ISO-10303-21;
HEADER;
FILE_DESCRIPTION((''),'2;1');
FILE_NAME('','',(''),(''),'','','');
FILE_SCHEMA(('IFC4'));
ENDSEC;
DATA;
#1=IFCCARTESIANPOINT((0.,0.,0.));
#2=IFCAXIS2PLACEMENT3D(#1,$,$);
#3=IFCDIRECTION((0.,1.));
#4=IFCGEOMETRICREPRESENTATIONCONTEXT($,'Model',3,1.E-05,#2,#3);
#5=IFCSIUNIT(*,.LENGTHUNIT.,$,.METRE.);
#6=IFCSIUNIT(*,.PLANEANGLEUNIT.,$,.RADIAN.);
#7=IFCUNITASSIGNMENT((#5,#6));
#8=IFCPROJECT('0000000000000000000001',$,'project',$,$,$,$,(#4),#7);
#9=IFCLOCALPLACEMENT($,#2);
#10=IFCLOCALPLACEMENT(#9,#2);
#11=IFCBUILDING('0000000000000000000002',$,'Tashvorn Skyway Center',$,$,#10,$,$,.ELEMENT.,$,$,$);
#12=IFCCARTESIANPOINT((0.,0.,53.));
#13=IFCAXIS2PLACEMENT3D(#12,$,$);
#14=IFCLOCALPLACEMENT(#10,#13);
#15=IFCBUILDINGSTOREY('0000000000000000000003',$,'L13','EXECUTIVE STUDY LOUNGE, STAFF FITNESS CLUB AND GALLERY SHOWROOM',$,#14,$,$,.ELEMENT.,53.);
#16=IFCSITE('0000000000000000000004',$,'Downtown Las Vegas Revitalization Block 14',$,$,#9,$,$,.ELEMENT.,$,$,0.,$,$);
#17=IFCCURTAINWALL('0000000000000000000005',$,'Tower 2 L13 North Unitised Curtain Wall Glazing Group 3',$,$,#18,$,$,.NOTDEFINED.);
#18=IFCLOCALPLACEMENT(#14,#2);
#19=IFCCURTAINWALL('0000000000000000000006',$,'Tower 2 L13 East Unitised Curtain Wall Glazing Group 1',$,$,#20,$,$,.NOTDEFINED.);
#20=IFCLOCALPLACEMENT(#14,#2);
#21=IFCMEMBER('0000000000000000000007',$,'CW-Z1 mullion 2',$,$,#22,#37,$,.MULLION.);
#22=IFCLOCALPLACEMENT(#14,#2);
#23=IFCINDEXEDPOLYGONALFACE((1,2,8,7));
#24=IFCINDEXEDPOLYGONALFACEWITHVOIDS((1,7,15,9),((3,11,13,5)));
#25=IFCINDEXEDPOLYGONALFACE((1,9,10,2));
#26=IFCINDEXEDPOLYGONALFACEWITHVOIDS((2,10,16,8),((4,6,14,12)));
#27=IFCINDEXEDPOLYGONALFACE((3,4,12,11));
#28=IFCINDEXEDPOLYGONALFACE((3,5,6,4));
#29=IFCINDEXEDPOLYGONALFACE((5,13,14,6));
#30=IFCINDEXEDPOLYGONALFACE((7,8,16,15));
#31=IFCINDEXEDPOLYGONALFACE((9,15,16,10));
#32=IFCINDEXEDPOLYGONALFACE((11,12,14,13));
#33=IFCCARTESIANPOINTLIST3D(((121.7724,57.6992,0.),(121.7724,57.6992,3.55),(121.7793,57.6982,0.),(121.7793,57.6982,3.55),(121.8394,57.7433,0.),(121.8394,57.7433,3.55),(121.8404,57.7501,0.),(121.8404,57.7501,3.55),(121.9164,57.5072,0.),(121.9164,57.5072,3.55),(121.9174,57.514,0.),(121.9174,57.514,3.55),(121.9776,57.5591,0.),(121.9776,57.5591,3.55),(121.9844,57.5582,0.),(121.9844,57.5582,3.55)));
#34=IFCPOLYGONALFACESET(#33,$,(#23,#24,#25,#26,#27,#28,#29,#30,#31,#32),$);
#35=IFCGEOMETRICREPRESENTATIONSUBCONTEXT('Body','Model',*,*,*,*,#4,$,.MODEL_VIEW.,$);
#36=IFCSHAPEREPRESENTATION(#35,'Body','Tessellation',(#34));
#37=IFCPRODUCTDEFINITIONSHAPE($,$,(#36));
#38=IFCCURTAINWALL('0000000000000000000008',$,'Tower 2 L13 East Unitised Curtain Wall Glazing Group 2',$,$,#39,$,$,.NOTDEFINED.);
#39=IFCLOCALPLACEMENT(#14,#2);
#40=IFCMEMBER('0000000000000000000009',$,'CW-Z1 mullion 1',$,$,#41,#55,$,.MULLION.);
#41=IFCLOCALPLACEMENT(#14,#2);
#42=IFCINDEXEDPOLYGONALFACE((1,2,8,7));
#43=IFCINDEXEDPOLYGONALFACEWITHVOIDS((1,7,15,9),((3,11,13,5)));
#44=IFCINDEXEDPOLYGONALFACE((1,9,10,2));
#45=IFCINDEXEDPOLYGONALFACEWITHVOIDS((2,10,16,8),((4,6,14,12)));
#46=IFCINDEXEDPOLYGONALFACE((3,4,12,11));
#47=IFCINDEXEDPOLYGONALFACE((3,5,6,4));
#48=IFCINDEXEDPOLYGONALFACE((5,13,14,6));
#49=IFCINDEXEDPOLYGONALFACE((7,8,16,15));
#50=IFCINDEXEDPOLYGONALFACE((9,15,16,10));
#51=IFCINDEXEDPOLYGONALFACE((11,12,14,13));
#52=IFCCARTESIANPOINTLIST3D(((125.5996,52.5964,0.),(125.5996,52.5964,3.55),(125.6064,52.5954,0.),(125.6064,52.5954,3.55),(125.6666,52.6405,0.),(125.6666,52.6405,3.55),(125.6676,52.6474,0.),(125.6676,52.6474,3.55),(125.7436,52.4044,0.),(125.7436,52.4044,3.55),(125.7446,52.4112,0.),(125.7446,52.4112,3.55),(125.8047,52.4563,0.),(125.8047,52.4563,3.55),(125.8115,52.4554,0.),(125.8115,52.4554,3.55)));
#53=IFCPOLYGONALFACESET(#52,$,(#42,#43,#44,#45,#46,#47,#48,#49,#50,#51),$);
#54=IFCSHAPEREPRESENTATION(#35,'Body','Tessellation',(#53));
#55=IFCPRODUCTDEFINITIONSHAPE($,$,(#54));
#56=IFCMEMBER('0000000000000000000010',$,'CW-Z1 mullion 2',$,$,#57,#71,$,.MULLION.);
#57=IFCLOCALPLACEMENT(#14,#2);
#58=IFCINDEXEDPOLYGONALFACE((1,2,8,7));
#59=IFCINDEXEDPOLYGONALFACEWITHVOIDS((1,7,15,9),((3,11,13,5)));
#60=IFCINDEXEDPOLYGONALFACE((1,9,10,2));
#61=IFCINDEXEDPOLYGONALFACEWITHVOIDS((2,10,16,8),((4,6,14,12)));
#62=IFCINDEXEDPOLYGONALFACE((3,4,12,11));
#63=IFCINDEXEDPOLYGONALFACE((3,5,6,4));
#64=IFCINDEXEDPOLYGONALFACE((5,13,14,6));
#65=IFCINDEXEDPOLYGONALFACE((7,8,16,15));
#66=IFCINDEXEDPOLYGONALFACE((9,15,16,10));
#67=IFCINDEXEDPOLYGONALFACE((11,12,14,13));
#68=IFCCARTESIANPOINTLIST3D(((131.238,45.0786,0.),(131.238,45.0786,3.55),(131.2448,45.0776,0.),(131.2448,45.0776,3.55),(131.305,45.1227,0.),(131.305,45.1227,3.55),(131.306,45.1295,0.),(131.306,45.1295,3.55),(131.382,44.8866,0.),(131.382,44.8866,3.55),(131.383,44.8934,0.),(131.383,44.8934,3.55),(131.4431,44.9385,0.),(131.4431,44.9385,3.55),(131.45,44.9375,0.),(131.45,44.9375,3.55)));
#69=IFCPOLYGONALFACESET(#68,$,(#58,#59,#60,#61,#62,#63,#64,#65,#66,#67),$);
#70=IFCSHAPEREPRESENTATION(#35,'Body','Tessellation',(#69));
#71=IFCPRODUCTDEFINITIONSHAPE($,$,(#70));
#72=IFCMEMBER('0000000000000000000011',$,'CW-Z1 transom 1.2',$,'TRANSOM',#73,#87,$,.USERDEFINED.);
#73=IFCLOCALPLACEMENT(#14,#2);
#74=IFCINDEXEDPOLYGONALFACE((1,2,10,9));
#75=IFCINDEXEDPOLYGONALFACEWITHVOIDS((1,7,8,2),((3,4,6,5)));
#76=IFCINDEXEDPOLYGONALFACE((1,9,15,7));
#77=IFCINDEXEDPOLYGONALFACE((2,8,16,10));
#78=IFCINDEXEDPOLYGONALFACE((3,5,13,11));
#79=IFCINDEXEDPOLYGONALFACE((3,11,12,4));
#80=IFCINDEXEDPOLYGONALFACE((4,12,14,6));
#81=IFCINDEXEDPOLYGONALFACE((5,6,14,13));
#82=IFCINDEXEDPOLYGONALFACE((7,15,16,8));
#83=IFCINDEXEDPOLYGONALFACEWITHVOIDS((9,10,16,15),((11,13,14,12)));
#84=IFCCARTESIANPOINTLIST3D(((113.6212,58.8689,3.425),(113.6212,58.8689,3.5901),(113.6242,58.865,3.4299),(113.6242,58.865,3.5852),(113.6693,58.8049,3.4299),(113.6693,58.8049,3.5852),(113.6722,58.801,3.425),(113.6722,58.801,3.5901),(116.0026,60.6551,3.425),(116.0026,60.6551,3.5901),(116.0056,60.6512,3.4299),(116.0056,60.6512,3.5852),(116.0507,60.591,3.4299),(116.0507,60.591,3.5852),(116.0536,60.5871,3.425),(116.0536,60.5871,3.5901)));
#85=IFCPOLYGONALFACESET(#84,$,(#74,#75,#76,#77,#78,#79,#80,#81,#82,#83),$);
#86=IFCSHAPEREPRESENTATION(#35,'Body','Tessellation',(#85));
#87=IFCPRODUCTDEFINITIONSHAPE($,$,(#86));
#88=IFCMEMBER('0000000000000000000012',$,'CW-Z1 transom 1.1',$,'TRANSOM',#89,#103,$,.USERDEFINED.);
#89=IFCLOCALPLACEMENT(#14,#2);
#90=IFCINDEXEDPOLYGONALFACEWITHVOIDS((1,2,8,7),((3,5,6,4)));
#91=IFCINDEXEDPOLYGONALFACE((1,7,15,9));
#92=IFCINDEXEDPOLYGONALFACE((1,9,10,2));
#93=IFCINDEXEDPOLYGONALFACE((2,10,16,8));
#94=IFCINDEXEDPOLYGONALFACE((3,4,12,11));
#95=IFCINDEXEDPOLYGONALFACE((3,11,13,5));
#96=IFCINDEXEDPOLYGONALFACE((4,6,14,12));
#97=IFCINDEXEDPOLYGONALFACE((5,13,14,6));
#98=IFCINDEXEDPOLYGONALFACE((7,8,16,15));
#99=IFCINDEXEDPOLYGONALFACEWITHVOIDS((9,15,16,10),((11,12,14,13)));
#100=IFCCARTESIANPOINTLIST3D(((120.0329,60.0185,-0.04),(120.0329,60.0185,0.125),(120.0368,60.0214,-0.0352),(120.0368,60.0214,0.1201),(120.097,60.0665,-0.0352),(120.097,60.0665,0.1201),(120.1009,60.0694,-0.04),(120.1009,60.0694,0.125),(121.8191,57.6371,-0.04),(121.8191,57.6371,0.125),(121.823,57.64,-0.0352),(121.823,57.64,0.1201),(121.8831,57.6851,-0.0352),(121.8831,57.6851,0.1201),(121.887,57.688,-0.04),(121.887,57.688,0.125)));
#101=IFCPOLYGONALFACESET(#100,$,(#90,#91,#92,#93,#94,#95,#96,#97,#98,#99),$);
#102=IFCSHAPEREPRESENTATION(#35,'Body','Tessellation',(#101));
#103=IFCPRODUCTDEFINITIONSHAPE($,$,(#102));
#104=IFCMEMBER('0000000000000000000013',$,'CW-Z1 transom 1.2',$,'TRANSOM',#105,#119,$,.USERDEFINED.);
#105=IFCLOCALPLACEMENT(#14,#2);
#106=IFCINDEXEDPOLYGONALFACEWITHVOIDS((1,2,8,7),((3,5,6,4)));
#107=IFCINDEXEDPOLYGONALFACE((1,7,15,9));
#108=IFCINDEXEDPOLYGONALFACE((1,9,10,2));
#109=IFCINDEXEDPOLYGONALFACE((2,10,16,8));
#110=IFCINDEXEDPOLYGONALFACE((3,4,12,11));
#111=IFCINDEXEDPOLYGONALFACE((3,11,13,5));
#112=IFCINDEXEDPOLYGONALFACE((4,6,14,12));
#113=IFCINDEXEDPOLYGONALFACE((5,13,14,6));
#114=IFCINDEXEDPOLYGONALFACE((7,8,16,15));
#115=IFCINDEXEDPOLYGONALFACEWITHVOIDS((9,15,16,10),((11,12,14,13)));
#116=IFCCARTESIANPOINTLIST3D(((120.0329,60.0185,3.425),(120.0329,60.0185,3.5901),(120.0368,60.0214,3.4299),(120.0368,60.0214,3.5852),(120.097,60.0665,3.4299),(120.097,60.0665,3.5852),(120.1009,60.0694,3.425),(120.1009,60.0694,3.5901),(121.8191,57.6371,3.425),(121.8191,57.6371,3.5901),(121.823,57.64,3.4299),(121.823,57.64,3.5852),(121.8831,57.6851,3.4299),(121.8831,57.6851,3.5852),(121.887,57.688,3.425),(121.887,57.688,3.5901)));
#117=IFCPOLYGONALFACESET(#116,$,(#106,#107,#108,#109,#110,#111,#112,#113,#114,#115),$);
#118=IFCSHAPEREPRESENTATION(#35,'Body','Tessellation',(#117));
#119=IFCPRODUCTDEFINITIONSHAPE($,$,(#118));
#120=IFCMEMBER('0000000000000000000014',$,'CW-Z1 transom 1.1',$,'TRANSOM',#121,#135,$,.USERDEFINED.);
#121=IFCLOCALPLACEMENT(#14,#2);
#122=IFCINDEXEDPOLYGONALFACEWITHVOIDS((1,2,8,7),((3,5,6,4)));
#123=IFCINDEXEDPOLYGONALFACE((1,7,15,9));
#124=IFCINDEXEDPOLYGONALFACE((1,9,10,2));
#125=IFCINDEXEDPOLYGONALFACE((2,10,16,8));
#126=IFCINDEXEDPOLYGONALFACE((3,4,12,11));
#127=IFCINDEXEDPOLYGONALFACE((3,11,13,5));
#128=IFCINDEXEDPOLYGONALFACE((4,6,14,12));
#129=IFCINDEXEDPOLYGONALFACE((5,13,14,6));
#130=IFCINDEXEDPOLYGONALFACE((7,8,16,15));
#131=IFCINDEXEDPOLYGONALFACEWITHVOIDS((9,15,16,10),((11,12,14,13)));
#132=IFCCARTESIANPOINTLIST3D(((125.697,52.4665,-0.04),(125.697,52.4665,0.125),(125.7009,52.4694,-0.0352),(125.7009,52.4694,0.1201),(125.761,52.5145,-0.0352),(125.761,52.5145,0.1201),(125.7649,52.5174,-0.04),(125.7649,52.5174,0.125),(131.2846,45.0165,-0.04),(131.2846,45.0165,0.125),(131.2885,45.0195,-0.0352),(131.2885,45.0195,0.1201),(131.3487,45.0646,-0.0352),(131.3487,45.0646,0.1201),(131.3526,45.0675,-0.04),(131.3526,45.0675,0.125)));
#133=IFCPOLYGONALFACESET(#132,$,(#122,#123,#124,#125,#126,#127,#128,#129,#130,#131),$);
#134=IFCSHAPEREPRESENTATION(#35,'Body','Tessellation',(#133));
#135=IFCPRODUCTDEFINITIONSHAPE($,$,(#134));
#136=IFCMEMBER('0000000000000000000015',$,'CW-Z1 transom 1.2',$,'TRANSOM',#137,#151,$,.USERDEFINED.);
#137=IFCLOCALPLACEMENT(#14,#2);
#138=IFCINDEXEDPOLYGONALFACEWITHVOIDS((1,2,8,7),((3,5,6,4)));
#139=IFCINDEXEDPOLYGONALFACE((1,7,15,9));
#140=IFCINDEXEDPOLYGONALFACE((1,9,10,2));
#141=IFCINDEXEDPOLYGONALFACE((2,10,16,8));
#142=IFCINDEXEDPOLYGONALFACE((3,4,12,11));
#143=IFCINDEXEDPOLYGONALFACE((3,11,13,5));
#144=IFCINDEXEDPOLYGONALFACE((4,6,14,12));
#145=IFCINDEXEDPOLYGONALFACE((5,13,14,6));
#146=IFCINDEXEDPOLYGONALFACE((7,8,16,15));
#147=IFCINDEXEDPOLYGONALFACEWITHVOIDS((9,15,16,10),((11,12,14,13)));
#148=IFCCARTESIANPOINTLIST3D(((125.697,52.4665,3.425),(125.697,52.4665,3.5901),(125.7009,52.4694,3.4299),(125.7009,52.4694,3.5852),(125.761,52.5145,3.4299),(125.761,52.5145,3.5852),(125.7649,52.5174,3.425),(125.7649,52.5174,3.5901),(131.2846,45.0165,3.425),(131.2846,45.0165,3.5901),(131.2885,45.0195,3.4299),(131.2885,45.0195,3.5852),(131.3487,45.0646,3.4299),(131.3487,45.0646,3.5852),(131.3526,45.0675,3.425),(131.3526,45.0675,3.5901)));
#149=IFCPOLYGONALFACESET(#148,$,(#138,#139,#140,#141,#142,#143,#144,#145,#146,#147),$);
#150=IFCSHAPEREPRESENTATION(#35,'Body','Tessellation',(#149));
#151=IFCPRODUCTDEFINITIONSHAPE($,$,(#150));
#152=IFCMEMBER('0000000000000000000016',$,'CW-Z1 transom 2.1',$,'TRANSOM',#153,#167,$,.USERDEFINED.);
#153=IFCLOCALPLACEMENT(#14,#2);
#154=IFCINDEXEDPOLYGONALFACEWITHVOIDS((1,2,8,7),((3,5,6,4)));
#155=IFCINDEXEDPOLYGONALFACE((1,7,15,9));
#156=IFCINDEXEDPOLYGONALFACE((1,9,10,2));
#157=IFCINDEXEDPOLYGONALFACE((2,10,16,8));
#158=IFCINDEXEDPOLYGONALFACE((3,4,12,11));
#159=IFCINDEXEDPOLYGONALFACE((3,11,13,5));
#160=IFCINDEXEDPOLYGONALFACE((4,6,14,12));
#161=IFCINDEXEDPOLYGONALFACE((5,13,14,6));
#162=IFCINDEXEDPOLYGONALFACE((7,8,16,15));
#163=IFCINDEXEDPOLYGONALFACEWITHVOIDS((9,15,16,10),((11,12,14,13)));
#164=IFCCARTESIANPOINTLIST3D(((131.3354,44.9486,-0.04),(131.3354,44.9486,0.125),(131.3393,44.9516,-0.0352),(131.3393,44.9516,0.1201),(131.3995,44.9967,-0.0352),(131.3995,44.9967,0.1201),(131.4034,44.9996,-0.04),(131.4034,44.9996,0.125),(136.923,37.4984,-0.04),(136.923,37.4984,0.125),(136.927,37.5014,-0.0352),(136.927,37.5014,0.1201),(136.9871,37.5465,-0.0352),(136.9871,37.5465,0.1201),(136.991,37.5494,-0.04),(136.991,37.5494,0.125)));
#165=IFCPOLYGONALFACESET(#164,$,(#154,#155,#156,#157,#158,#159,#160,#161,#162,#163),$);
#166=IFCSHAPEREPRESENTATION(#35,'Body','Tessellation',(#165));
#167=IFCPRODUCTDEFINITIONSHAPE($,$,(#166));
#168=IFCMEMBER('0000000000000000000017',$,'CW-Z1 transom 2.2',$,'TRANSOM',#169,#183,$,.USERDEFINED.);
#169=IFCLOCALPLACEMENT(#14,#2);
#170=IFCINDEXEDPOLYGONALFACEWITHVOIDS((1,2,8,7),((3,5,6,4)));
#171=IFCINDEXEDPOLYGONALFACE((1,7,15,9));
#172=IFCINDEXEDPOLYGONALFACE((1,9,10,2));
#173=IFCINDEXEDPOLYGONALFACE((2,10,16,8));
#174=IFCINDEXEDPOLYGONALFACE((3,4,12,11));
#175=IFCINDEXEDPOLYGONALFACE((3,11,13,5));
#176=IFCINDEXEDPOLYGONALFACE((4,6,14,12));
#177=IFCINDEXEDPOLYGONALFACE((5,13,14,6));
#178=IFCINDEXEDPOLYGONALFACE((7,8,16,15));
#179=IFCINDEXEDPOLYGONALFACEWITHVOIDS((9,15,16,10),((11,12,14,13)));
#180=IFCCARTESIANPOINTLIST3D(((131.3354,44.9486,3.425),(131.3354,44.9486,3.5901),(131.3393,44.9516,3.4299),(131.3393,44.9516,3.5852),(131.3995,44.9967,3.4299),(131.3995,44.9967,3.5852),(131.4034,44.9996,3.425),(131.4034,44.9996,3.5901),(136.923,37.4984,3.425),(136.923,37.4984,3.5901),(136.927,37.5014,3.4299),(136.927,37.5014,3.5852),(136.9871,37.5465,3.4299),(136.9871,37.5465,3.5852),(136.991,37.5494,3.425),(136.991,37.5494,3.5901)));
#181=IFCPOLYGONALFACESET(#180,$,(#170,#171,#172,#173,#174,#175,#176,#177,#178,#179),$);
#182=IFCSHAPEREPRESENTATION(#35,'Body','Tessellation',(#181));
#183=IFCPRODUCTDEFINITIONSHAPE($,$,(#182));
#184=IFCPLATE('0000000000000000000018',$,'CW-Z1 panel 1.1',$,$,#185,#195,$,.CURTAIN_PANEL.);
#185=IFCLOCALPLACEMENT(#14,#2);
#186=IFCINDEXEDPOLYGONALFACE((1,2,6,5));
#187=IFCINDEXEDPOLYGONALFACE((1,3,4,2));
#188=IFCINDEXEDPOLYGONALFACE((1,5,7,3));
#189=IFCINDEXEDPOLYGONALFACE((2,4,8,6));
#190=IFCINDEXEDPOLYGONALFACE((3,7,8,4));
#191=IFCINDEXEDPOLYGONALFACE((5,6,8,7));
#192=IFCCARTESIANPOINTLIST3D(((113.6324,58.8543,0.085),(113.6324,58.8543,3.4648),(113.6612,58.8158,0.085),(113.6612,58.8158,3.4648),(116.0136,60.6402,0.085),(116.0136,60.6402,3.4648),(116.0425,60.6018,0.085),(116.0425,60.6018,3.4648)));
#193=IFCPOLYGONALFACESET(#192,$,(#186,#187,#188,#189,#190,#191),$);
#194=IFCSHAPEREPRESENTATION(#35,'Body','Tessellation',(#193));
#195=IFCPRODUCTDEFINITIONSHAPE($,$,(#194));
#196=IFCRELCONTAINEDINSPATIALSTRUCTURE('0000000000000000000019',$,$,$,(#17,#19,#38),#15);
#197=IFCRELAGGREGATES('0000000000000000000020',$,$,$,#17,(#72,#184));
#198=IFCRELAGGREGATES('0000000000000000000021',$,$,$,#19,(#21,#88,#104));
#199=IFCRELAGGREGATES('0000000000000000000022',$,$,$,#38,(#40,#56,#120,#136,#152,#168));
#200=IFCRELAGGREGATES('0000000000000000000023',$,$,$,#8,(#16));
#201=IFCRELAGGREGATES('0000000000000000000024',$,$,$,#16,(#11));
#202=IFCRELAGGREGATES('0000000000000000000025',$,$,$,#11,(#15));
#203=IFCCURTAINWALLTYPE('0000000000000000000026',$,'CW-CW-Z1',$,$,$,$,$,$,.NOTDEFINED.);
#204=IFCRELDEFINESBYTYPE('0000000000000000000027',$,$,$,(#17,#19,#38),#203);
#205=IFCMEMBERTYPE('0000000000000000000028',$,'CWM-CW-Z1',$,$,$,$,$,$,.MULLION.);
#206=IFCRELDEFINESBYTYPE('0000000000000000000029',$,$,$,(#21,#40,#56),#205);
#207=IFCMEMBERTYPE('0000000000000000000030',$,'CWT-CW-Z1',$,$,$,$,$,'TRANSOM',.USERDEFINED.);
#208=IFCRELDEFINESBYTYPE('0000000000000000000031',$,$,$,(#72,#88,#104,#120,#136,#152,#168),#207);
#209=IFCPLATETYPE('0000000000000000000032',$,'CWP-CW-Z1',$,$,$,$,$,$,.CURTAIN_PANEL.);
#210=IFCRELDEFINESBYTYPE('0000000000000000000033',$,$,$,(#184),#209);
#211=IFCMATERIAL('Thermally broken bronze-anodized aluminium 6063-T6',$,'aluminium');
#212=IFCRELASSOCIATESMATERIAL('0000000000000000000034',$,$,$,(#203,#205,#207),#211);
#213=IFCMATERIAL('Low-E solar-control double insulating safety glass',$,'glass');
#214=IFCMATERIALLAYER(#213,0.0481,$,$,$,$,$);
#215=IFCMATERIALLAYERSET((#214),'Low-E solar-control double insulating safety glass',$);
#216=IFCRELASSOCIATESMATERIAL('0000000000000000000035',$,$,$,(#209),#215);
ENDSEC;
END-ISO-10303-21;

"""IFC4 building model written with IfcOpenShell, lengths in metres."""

from ifc_helpers import new_model, si_unit, direction, frame, origin, origin_2d, place, context, subcontext, project, spatial, rectangle, hollow_rectangle, extrude, material, layer, layer_set, material_profile, profile_set, type_object, element, aggregate, save


model = new_model("IFC4")

# Units and contexts
model_context = context("Model", 3, precision=1e-05, world=origin(), true_north=direction((0.0, 1.0)))
body_context = subcontext(model_context, "Body", "Model", "MODEL_VIEW")
ifc_project = project(units=[si_unit("LENGTHUNIT", "METRE"), si_unit("PLANEANGLEUNIT", "RADIAN")], contexts=[model_context])

# Site, building, storey
site_placement = place(None, origin())
site = spatial("IfcSite", under=ifc_project, at=site_placement, Name="Downtown Las Vegas Revitalization Block 14", CompositionType="ELEMENT", RefElevation=0.0)
building_placement = place(site_placement, origin())
building = spatial("IfcBuilding", under=site, at=building_placement, Name="Tashvorn Skyway Center", CompositionType="ELEMENT")
storey_placement = place(building_placement, frame((0.0, 0.0, 53.0)))
storey = spatial("IfcBuildingStorey", under=building, at=storey_placement, Name="L13", Description="EXECUTIVE STUDY LOUNGE, STAFF FITNESS CLUB AND GALLERY SHOWROOM", CompositionType="ELEMENT", Elevation=53.0)

# Curtain wall
ifc_material_1 = material(Name="Thermally broken bronze-anodized aluminium 6063-T6", Category="aluminium")
curtain_wall_type = type_object("IfcCurtainWallType", Name="CW-CW-Z1", PredefinedType="NOTDEFINED", material=ifc_material_1)
curtain_wall_1_placement = place(storey_placement, origin())
curtain_wall_1 = element("IfcCurtainWall", 1, at=curtain_wall_1_placement, inside=storey, type_object=curtain_wall_type, Name="Tower 2 L13 North Unitised Curtain Wall Glazing Group 3", PredefinedType="NOTDEFINED")
ifc_material_profile_1 = material_profile(ifc_material_1, hollow_rectangle(XDim=0.085, YDim=0.24, WallThickness=0.0049, at=origin_2d()), Name="ALU-MULL-85x240")
ifc_profile_set_1 = profile_set([ifc_material_profile_1], Name="Thermally broken bronze-anodized aluminium 6063-T6")
member_type_1 = type_object("IfcMemberType", Name="CWM-CW-Z1", PredefinedType="MULLION", material=ifc_profile_set_1)

# Curtain walls, members
curtain_wall_2_placement = place(storey_placement, origin())
curtain_wall_2 = element("IfcCurtainWall", 2, at=curtain_wall_2_placement, inside=storey, type_object=curtain_wall_type, Name="Tower 2 L13 East Unitised Curtain Wall Glazing Group 1", PredefinedType="NOTDEFINED")
member_1_placement = place(storey_placement, frame((121.8784, 57.6287, 0.0), z_axis=(0.0, 0.0, 1.0), x_axis=(0.799996, 0.600005, 0.0)))
member_1 = element("IfcMember", 3, at=member_1_placement, type_object=member_type_1, Name="CW-Z1 mullion 2", PredefinedType="MULLION", context=body_context, shape_type="SweptSolid", body=[
    extrude(hollow_rectangle(XDim=0.085, YDim=0.24, WallThickness=0.0049, at=origin_2d()), origin(), (0.0, 0.0, 1.0), 3.55),
])
curtain_wall_3_placement = place(storey_placement, origin())
curtain_wall_3 = element("IfcCurtainWall", 4, at=curtain_wall_3_placement, inside=storey, type_object=curtain_wall_type, Name="Tower 2 L13 East Unitised Curtain Wall Glazing Group 2", PredefinedType="NOTDEFINED")
member_2_placement = place(storey_placement, frame((125.7056, 52.5259, 0.0), z_axis=(0.0, 0.0, 1.0), x_axis=(0.8, 0.6, 0.0)))
member_2 = element("IfcMember", 5, at=member_2_placement, type_object=member_type_1, Name="CW-Z1 mullion 1", PredefinedType="MULLION", context=body_context, shape_type="SweptSolid", body=[
    extrude(hollow_rectangle(XDim=0.085, YDim=0.24, WallThickness=0.0049, at=origin_2d()), origin(), (0.0, 0.0, 1.0), 3.55),
])
member_3_placement = place(storey_placement, frame((131.344, 45.0081, 0.0), z_axis=(0.0, 0.0, 1.0), x_axis=(0.8, 0.6, 0.0)))
member_3 = element("IfcMember", 6, at=member_3_placement, type_object=member_type_1, Name="CW-Z1 mullion 2", PredefinedType="MULLION", context=body_context, shape_type="SweptSolid", body=[
    extrude(hollow_rectangle(XDim=0.085, YDim=0.24, WallThickness=0.0049, at=origin_2d()), origin(), (0.0, 0.0, 1.0), 3.55),
])

# Members
ifc_material_profile_2 = material_profile(ifc_material_1, hollow_rectangle(XDim=0.085, YDim=0.165, WallThickness=0.0049, at=origin_2d()), Name="ALU-TRAN-85x165")
ifc_profile_set_2 = profile_set([ifc_material_profile_2], Name="Thermally broken bronze-anodized aluminium 6063-T6")
member_type_2 = type_object("IfcMemberType", Name="CWT-CW-Z1", ElementType="TRANSOM", PredefinedType="USERDEFINED", material=ifc_profile_set_2)
member_4_placement = place(storey_placement, frame((113.6467, 58.835, 3.5076), z_axis=(0.79998, 0.600026, 0.0), x_axis=(-0.600026, 0.79998, 0.0)))
member_4 = element("IfcMember", 7, at=member_4_placement, type_object=member_type_2, Name="CW-Z1 transom 1.2", ObjectType="TRANSOM", PredefinedType="USERDEFINED", context=body_context, shape_type="SweptSolid", body=[
    extrude(hollow_rectangle(XDim=0.085, YDim=0.165, WallThickness=0.0049, at=origin_2d()), origin(), (0.0, 0.0, 1.0), 2.9768),
])
member_5_placement = place(storey_placement, frame((120.0669, 60.0439, 0.0425), z_axis=(0.600026, -0.79998, 0.0), x_axis=(0.79998, 0.600026, 0.0)))
member_5 = element("IfcMember", 8, at=member_5_placement, type_object=member_type_2, Name="CW-Z1 transom 1.1", ObjectType="TRANSOM", PredefinedType="USERDEFINED", context=body_context, shape_type="SweptSolid", body=[
    extrude(hollow_rectangle(XDim=0.085, YDim=0.165, WallThickness=0.0049, at=origin_2d()), origin(), (0.0, 0.0, 1.0), 2.9768),
])
member_6_placement = place(storey_placement, frame((120.0669, 60.0439, 3.5076), z_axis=(0.600026, -0.79998, 0.0), x_axis=(0.79998, 0.600026, 0.0)))
member_6 = element("IfcMember", 9, at=member_6_placement, type_object=member_type_2, Name="CW-Z1 transom 1.2", ObjectType="TRANSOM", PredefinedType="USERDEFINED", context=body_context, shape_type="SweptSolid", body=[
    extrude(hollow_rectangle(XDim=0.085, YDim=0.165, WallThickness=0.0049, at=origin_2d()), origin(), (0.0, 0.0, 1.0), 2.9768),
])
member_7_placement = place(storey_placement, frame((125.731, 52.4919, 0.0425), z_axis=(0.600013, -0.799991, 0.0), x_axis=(0.799991, 0.600013, 0.0)))
member_7 = element("IfcMember", 10, at=member_7_placement, type_object=member_type_2, Name="CW-Z1 transom 1.1", ObjectType="TRANSOM", PredefinedType="USERDEFINED", context=body_context, shape_type="SweptSolid", body=[
    extrude(hollow_rectangle(XDim=0.085, YDim=0.165, WallThickness=0.0049, at=origin_2d()), origin(), (0.0, 0.0, 1.0), 9.3125),
])
member_8_placement = place(storey_placement, frame((125.731, 52.4919, 3.5076), z_axis=(0.600013, -0.799991, 0.0), x_axis=(0.799991, 0.600013, 0.0)))
member_8 = element("IfcMember", 11, at=member_8_placement, type_object=member_type_2, Name="CW-Z1 transom 1.2", ObjectType="TRANSOM", PredefinedType="USERDEFINED", context=body_context, shape_type="SweptSolid", body=[
    extrude(hollow_rectangle(XDim=0.085, YDim=0.165, WallThickness=0.0049, at=origin_2d()), origin(), (0.0, 0.0, 1.0), 9.3125),
])
member_9_placement = place(storey_placement, frame((131.3694, 44.9741, 0.0425), z_axis=(0.6, -0.8, 0.0), x_axis=(0.8, 0.6, 0.0)))
member_9 = element("IfcMember", 12, at=member_9_placement, type_object=member_type_2, Name="CW-Z1 transom 2.1", ObjectType="TRANSOM", PredefinedType="USERDEFINED", context=body_context, shape_type="SweptSolid", body=[
    extrude(hollow_rectangle(XDim=0.085, YDim=0.165, WallThickness=0.0049, at=origin_2d()), origin(), (0.0, 0.0, 1.0), 9.3127),
])
member_10_placement = place(storey_placement, frame((131.3694, 44.9741, 3.5076), z_axis=(0.6, -0.8, 0.0), x_axis=(0.8, 0.6, 0.0)))
member_10 = element("IfcMember", 13, at=member_10_placement, type_object=member_type_2, Name="CW-Z1 transom 2.2", ObjectType="TRANSOM", PredefinedType="USERDEFINED", context=body_context, shape_type="SweptSolid", body=[
    extrude(hollow_rectangle(XDim=0.085, YDim=0.165, WallThickness=0.0049, at=origin_2d()), origin(), (0.0, 0.0, 1.0), 9.3127),
])

# Plate
ifc_material_2 = material(Name="Low-E solar-control double insulating safety glass", Category="glass")
ifc_layer_1 = layer(ifc_material_2, 0.0481)
ifc_layer_set_1 = layer_set([ifc_layer_1], Name="Low-E solar-control double insulating safety glass")
plate_type = type_object("IfcPlateType", Name="CWP-CW-Z1", PredefinedType="CURTAIN_PANEL", material=ifc_layer_set_1)
plate_1_placement = place(storey_placement, frame((114.8374, 59.728, 0.085), z_axis=(0.0, 0.0, 1.0), x_axis=(0.799996, 0.600005, 0.0)))
plate_1 = element("IfcPlate", 14, at=plate_1_placement, type_object=plate_type, Name="CW-Z1 panel 1.1", PredefinedType="CURTAIN_PANEL", context=body_context, shape_type="SweptSolid", body=[
    extrude(rectangle(XDim=2.9766, YDim=0.0481, at=origin_2d()), origin(), (0.0, 0.0, 1.0), 3.3799),
])
aggregate(curtain_wall_1, [member_4, plate_1])
aggregate(curtain_wall_2, [member_1, member_5, member_6])
aggregate(curtain_wall_3, [member_2, member_3, member_7, member_8, member_9, member_10])

save(model, "model.ifc")
